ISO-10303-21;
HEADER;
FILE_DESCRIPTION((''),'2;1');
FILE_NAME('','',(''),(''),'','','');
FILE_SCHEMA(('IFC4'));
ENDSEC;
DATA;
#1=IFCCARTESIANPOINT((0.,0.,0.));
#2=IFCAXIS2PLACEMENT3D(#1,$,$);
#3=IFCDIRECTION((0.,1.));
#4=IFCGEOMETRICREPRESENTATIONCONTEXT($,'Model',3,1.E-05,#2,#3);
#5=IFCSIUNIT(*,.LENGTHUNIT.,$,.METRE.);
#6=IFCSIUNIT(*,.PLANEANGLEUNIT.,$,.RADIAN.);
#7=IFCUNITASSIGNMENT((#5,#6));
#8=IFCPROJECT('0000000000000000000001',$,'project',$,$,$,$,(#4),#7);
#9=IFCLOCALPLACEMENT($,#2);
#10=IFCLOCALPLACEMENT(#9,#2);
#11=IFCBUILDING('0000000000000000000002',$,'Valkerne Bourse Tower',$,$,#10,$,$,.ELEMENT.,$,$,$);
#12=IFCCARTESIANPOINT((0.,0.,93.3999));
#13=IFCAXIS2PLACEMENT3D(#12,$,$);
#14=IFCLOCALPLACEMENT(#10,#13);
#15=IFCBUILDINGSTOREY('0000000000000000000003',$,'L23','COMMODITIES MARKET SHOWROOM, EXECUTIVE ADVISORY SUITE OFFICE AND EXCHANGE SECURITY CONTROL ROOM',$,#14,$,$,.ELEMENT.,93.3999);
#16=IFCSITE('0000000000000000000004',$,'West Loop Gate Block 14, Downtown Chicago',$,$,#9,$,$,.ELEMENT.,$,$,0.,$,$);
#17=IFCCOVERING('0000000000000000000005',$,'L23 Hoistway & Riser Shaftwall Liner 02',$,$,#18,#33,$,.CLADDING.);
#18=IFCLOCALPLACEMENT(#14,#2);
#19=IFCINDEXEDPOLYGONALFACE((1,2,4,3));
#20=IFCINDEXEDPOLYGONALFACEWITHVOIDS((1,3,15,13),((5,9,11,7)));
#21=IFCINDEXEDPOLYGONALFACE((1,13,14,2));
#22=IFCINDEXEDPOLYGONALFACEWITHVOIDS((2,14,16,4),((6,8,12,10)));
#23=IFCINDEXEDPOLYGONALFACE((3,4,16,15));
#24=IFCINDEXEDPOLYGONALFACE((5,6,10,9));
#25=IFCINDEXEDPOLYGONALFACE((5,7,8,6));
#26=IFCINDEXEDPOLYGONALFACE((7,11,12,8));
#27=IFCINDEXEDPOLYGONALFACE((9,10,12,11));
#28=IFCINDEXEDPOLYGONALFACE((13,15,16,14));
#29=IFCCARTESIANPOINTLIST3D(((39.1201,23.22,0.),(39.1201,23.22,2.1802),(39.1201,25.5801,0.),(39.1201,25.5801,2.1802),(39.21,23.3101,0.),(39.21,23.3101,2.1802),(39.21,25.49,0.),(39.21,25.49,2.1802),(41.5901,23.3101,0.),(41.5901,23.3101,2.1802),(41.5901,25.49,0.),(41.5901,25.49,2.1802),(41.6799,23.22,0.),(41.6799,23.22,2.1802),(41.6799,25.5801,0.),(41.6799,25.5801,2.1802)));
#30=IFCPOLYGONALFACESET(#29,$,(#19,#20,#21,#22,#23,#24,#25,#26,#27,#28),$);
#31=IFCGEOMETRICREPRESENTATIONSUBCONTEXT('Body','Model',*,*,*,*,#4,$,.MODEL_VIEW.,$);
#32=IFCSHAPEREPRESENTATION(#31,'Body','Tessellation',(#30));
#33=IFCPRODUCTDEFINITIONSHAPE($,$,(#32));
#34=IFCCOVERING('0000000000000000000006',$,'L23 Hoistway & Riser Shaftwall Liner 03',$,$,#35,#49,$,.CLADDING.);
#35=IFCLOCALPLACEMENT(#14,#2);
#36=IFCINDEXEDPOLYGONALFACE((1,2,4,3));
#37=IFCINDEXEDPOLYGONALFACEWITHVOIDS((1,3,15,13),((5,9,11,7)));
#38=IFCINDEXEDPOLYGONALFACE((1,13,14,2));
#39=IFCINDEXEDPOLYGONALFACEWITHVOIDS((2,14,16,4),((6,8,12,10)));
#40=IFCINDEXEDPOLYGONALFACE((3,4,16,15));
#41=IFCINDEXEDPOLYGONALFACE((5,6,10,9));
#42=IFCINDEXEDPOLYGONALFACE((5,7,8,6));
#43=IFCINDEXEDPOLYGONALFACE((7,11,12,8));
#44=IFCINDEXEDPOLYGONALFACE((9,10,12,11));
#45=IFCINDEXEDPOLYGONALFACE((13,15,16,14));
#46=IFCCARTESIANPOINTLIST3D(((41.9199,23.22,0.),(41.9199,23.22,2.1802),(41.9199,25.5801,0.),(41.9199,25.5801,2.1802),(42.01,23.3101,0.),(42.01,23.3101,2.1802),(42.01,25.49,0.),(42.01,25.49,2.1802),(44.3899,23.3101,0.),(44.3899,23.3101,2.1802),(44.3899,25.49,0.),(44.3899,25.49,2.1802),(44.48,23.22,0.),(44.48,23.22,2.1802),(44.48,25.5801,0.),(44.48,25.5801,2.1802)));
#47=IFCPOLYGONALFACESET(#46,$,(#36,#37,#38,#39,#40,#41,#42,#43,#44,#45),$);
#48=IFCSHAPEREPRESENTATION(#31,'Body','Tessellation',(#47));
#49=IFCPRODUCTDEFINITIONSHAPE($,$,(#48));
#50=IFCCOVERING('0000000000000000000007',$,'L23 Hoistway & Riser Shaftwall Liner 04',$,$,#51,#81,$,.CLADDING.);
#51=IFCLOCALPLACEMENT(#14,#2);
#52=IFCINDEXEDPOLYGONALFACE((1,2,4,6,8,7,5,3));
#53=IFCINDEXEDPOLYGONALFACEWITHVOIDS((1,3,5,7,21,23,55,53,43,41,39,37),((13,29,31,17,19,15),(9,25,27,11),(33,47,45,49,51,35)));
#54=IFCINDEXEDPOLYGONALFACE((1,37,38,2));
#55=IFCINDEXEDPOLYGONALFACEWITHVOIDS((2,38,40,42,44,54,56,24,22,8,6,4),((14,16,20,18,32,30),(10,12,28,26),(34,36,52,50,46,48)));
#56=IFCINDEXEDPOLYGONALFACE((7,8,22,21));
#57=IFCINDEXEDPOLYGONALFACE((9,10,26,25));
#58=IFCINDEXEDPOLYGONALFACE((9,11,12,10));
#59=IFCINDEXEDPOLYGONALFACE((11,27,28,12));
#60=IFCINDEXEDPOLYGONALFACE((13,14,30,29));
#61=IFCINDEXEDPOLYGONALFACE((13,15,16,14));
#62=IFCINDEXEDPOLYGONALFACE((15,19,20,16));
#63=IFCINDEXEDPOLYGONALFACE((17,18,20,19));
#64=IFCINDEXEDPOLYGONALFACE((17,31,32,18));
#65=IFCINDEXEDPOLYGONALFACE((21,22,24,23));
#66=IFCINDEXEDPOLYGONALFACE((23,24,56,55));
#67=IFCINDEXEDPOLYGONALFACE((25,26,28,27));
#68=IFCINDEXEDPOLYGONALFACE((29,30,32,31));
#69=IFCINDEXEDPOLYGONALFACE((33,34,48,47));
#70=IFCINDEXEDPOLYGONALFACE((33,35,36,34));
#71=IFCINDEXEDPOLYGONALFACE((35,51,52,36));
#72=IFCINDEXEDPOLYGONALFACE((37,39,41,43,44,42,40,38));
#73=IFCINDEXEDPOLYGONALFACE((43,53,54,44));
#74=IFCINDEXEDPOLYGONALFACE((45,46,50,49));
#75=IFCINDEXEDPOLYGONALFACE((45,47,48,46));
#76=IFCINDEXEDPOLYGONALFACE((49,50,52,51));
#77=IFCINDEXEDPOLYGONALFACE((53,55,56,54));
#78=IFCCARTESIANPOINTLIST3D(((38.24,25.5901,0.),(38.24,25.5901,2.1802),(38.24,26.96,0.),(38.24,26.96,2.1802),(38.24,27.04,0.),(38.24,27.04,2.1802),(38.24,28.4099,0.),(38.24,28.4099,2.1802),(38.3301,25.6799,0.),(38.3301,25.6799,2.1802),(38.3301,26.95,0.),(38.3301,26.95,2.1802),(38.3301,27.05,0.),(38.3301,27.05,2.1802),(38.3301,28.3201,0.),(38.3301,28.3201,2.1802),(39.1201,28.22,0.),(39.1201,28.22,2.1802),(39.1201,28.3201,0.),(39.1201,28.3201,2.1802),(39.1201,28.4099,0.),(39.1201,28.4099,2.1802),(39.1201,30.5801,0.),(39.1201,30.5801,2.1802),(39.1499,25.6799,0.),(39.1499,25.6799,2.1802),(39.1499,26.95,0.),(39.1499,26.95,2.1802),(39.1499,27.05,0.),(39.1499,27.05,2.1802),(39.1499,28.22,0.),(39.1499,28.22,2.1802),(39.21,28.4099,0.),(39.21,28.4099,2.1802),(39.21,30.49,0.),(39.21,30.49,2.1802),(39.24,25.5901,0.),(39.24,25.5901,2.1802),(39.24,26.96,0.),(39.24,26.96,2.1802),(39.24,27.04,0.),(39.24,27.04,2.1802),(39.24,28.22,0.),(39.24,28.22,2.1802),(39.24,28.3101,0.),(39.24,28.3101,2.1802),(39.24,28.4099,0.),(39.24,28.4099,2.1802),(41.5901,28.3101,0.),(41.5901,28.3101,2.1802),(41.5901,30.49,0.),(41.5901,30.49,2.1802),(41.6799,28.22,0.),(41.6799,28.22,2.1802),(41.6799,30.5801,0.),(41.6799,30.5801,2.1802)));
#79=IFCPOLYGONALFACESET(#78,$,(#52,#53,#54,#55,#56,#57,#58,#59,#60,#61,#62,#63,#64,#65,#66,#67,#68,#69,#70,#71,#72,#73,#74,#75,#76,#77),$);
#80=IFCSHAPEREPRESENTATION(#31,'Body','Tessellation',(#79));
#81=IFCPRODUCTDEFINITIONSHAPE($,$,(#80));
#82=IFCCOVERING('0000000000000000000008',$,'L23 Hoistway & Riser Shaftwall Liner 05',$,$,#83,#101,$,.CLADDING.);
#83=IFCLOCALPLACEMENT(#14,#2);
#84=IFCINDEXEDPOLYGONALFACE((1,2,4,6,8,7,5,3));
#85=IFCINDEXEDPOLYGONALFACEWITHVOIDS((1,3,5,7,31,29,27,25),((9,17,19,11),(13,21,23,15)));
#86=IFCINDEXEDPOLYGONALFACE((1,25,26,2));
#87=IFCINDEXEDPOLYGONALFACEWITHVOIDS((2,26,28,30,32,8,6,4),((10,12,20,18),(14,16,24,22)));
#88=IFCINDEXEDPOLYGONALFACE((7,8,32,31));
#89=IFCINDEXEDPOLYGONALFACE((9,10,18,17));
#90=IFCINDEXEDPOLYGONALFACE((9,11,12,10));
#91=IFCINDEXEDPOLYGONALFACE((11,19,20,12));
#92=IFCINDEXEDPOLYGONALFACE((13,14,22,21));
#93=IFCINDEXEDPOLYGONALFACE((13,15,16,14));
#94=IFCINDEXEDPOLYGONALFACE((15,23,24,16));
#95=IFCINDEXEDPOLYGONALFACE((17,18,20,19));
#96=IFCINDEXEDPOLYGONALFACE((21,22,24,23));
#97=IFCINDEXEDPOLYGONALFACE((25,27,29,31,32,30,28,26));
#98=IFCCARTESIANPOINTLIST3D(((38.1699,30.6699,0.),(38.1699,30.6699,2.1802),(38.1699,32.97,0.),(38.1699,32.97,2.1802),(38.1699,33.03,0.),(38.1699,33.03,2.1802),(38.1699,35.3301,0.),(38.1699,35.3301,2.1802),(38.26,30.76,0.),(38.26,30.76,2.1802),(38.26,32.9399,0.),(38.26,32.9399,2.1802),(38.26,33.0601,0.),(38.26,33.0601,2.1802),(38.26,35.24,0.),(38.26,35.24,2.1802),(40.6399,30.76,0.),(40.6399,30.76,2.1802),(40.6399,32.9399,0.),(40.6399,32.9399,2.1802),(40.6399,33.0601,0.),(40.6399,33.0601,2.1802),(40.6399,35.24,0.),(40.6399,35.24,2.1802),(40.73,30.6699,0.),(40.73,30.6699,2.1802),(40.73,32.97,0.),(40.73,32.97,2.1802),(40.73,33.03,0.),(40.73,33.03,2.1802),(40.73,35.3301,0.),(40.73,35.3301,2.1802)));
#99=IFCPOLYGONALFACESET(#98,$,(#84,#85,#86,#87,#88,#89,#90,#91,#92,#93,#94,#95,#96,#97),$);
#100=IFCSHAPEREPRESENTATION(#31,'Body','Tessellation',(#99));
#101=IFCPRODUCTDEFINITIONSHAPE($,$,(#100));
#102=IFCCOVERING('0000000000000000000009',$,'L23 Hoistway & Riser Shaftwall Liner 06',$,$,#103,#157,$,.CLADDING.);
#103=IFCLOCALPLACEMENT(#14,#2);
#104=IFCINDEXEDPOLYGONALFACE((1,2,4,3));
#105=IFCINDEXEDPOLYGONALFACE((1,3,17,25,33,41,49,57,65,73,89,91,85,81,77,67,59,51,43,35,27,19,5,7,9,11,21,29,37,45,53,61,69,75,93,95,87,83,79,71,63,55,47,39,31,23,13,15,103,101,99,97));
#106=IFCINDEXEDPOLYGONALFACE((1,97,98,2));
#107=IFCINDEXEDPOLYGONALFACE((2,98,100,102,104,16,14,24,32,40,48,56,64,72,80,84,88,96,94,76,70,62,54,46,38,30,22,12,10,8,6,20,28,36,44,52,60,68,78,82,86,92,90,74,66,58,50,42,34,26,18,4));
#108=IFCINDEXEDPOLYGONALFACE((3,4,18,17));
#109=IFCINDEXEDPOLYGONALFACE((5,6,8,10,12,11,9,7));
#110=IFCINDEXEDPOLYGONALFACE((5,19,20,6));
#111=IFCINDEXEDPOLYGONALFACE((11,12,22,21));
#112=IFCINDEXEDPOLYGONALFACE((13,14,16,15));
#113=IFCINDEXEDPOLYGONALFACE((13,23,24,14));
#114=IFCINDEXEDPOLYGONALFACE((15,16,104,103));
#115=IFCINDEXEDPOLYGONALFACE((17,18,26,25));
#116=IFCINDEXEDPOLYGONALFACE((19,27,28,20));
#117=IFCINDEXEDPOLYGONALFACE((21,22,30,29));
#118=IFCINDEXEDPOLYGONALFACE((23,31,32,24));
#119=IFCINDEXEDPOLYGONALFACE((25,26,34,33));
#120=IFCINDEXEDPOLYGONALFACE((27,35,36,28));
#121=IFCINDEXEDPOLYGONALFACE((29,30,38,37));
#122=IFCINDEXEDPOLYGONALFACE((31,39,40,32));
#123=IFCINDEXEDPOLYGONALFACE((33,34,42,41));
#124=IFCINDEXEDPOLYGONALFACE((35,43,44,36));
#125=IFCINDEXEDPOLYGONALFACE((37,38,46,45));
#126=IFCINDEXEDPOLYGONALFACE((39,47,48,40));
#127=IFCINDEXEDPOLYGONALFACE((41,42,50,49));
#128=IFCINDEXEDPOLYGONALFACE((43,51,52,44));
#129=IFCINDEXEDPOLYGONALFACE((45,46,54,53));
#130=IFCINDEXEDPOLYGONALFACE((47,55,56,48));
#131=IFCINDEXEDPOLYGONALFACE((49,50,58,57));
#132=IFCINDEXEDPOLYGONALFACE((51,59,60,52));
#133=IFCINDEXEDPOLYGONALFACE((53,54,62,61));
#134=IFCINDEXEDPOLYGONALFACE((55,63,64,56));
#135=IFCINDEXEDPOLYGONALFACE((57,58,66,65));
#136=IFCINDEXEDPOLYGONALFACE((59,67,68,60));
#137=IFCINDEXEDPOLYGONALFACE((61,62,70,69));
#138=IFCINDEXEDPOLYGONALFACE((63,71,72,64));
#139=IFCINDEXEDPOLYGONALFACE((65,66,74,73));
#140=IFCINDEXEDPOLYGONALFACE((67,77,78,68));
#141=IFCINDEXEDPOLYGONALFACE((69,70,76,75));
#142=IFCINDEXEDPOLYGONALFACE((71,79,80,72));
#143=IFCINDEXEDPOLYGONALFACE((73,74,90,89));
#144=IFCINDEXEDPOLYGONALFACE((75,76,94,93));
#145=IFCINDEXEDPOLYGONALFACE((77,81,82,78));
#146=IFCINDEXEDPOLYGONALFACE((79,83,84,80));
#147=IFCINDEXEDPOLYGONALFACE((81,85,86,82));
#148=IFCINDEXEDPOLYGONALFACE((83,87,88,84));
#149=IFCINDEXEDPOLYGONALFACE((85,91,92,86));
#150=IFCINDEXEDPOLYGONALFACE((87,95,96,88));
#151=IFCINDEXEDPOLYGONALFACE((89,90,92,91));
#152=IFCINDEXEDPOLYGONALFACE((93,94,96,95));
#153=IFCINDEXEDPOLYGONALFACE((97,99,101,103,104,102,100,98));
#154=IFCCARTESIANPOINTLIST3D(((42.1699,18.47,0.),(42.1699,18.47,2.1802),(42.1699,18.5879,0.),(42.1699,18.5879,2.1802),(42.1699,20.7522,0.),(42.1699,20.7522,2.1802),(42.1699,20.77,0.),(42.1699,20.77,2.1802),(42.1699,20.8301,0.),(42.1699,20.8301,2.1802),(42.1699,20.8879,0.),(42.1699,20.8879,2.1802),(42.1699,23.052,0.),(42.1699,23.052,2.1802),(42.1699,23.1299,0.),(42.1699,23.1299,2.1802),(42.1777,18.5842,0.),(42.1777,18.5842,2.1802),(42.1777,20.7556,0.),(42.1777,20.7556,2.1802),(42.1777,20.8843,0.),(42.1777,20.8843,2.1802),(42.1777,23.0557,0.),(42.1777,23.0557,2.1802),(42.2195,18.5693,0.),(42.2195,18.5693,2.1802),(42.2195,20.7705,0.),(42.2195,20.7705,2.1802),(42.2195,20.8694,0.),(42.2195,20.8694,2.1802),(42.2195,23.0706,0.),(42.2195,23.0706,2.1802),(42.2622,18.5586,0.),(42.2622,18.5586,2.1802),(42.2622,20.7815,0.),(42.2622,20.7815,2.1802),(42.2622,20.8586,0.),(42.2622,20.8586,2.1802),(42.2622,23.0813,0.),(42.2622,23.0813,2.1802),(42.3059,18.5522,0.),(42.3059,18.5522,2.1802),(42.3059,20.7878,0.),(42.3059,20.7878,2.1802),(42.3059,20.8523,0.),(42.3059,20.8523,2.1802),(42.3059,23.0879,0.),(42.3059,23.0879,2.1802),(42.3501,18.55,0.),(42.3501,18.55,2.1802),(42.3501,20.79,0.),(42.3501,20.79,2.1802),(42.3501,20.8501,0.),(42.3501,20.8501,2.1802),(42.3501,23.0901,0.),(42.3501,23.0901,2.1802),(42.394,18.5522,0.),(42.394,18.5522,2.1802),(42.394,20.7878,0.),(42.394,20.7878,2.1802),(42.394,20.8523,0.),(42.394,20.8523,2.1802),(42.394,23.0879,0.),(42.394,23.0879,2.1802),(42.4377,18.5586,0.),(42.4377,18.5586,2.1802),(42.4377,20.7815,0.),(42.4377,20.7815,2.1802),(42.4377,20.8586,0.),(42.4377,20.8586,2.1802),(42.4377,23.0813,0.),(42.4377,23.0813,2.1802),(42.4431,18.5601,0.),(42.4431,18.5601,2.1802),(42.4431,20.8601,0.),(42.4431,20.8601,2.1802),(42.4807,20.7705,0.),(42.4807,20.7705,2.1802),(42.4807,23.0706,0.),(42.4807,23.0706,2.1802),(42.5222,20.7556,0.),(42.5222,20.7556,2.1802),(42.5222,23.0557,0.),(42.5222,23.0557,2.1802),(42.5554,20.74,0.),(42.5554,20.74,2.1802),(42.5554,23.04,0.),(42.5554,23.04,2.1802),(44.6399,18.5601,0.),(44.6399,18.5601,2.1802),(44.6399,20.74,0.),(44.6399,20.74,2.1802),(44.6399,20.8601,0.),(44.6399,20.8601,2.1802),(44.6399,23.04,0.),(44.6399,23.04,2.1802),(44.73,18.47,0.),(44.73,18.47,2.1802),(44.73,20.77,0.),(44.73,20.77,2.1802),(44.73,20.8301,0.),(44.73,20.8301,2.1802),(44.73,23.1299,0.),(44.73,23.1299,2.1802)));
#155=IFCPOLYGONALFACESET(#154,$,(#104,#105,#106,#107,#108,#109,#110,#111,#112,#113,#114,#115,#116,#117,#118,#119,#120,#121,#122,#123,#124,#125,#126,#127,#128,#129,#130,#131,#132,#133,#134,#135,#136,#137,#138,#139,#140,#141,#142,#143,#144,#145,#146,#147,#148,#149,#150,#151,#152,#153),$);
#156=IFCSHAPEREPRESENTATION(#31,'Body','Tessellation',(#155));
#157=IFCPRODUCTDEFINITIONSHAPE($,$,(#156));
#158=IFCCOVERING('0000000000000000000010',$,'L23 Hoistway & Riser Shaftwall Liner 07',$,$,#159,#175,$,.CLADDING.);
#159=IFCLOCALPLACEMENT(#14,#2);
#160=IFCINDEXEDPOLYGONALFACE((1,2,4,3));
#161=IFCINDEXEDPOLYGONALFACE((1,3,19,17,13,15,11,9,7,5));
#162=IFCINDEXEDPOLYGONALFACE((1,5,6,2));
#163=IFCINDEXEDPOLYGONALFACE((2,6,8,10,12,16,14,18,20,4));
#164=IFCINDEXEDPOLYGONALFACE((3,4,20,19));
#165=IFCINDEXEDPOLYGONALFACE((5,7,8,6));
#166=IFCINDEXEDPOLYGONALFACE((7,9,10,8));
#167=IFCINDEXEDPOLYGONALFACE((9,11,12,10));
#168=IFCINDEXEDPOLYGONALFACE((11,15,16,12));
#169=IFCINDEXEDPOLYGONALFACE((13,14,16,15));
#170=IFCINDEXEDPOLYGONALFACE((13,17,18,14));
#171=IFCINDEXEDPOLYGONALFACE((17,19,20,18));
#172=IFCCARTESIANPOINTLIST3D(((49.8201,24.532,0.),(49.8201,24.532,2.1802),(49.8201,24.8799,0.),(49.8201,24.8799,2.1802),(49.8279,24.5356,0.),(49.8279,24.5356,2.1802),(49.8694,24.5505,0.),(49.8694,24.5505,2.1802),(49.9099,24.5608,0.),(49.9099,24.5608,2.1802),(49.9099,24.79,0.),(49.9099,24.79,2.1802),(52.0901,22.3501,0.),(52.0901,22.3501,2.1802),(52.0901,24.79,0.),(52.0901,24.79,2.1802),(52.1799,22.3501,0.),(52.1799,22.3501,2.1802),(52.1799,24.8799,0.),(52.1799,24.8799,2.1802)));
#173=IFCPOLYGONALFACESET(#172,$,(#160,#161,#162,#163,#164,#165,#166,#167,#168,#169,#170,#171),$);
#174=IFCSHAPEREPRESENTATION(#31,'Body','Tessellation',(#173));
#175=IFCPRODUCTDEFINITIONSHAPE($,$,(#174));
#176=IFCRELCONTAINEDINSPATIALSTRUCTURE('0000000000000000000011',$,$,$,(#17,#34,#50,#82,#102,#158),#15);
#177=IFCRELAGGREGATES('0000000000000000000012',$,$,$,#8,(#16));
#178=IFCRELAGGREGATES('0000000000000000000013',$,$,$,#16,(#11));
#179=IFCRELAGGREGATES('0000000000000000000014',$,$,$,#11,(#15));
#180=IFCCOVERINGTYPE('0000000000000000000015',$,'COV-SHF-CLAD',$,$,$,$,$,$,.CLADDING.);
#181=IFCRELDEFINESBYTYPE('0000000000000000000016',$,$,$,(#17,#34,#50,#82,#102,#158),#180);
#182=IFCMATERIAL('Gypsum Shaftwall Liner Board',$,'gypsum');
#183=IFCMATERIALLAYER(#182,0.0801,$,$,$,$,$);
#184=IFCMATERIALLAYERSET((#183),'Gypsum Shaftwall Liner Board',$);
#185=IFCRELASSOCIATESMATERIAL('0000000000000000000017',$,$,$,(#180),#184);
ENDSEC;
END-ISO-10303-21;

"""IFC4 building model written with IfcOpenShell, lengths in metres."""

from ifc_helpers import new_model, si_unit, direction, frame, origin, place, context, subcontext, project, spatial, polyline, outline, extrude, material, layer, layer_set, type_object, element, save


model = new_model("IFC4")

# Units and contexts
model_context = context("Model", 3, precision=1e-05, world=origin(), true_north=direction((0.0, 1.0)))
body_context = subcontext(model_context, "Body", "Model", "MODEL_VIEW")
ifc_project = project(units=[si_unit("LENGTHUNIT", "METRE"), si_unit("PLANEANGLEUNIT", "RADIAN")], contexts=[model_context])

# Site, building, storey
site_placement = place(None, origin())
site = spatial("IfcSite", under=ifc_project, at=site_placement, Name="West Loop Gate Block 14, Downtown Chicago", CompositionType="ELEMENT", RefElevation=0.0)
building_placement = place(site_placement, origin())
building = spatial("IfcBuilding", under=site, at=building_placement, Name="Valkerne Bourse Tower", CompositionType="ELEMENT")
storey_placement = place(building_placement, frame((0.0, 0.0, 93.3999)))
storey = spatial("IfcBuildingStorey", under=building, at=storey_placement, Name="L23", Description="COMMODITIES MARKET SHOWROOM, EXECUTIVE ADVISORY SUITE OFFICE AND EXCHANGE SECURITY CONTROL ROOM", CompositionType="ELEMENT", Elevation=93.3999)

# Coverings
ifc_material_1 = material(Name="Gypsum Shaftwall Liner Board", Category="gypsum")
ifc_layer_1 = layer(ifc_material_1, 0.0801)
ifc_layer_set_1 = layer_set([ifc_layer_1], Name="Gypsum Shaftwall Liner Board")
covering_type_1 = type_object("IfcCoveringType", Name="COV-SHF-CLAD", PredefinedType="CLADDING", material=ifc_layer_set_1)
covering_1_placement = place(storey_placement, origin())
element("IfcCovering", 1, at=covering_1_placement, inside=storey, type_object=covering_type_1, Name="L23 Hoistway & Riser Shaftwall Liner 02", PredefinedType="CLADDING", context=body_context, shape_type="SweptSolid", body=[
    extrude(outline(polyline([(41.6799, 23.22), (39.1201, 23.22), (39.1201, 25.5801), (41.6799, 25.5801), (41.6799, 23.22)]), holes=[polyline([(39.21, 25.49), (39.21, 23.3101), (41.5901, 23.3101), (41.5901, 25.49), (39.21, 25.49)])]), origin(), (0.0, 0.0, 1.0), 2.1802),
])
covering_2_placement = place(storey_placement, origin())
element("IfcCovering", 2, at=covering_2_placement, inside=storey, type_object=covering_type_1, Name="L23 Hoistway & Riser Shaftwall Liner 03", PredefinedType="CLADDING", context=body_context, shape_type="SweptSolid", body=[
    extrude(outline(polyline([(44.48, 23.22), (41.9199, 23.22), (41.9199, 25.5801), (44.48, 25.5801), (44.48, 23.22)]), holes=[polyline([(42.01, 25.49), (42.01, 23.3101), (44.3899, 23.3101), (44.3899, 25.49), (42.01, 25.49)])]), origin(), (0.0, 0.0, 1.0), 2.1802),
])
covering_3_placement = place(storey_placement, origin())
element("IfcCovering", 3, at=covering_3_placement, inside=storey, type_object=covering_type_1, Name="L23 Hoistway & Riser Shaftwall Liner 04", PredefinedType="CLADDING", context=body_context, shape_type="SweptSolid", body=[
    extrude(outline(polyline([(38.24, 28.4099), (39.1201, 28.4099), (39.1201, 30.5801), (41.6799, 30.5801), (41.6799, 28.22), (39.24, 28.22), (39.24, 27.04), (39.24, 26.96), (39.24, 25.5901), (38.24, 25.5901), (38.24, 26.96), (38.24, 27.04), (38.24, 28.4099)]), holes=[polyline([(39.21, 30.49), (39.21, 28.4099), (39.24, 28.4099), (39.24, 28.3101), (41.5901, 28.3101), (41.5901, 30.49), (39.21, 30.49)]), polyline([(38.3301, 26.95), (38.3301, 25.6799), (39.1499, 25.6799), (39.1499, 26.95), (38.3301, 26.95)]), polyline([(39.1201, 28.22), (39.1201, 28.3201), (38.3301, 28.3201), (38.3301, 27.05), (39.1499, 27.05), (39.1499, 28.22), (39.1201, 28.22)])]), origin(), (0.0, 0.0, 1.0), 2.1802),
])
covering_4_placement = place(storey_placement, origin())
element("IfcCovering", 4, at=covering_4_placement, inside=storey, type_object=covering_type_1, Name="L23 Hoistway & Riser Shaftwall Liner 05", PredefinedType="CLADDING", context=body_context, shape_type="SweptSolid", body=[
    extrude(outline(polyline([(38.1699, 35.3301), (40.73, 35.3301), (40.73, 33.03), (40.73, 32.97), (40.73, 30.6699), (38.1699, 30.6699), (38.1699, 32.97), (38.1699, 33.03), (38.1699, 35.3301)]), holes=[polyline([(38.26, 32.9399), (38.26, 30.76), (40.6399, 30.76), (40.6399, 32.9399), (38.26, 32.9399)]), polyline([(38.26, 35.24), (38.26, 33.0601), (40.6399, 33.0601), (40.6399, 35.24), (38.26, 35.24)])]), origin(), (0.0, 0.0, 1.0), 2.1802),
])
covering_5_placement = place(storey_placement, origin())
element("IfcCovering", 5, at=covering_5_placement, inside=storey, type_object=covering_type_1, Name="L23 Hoistway & Riser Shaftwall Liner 06", PredefinedType="CLADDING", context=body_context, shape_type="SweptSolid", body=[
    extrude(outline(polyline([(42.1699, 20.8301), (42.1699, 20.8879), (42.1777, 20.8843), (42.2195, 20.8694), (42.2622, 20.8586), (42.3059, 20.8523), (42.3501, 20.8501), (42.394, 20.8523), (42.4377, 20.8586), (42.4431, 20.8601), (44.6399, 20.8601), (44.6399, 23.04), (42.5554, 23.04), (42.5222, 23.0557), (42.4807, 23.0706), (42.4377, 23.0813), (42.394, 23.0879), (42.3501, 23.0901), (42.3059, 23.0879), (42.2622, 23.0813), (42.2195, 23.0706), (42.1777, 23.0557), (42.1699, 23.052), (42.1699, 23.1299), (44.73, 23.1299), (44.73, 20.8301), (44.73, 20.77), (44.73, 18.47), (42.1699, 18.47), (42.1699, 18.5879), (42.1777, 18.5842), (42.2195, 18.5693), (42.2622, 18.5586), (42.3059, 18.5522), (42.3501, 18.55), (42.394, 18.5522), (42.4377, 18.5586), (42.4431, 18.5601), (44.6399, 18.5601), (44.6399, 20.74), (42.5554, 20.74), (42.5222, 20.7556), (42.4807, 20.7705), (42.4377, 20.7815), (42.394, 20.7878), (42.3501, 20.79), (42.3059, 20.7878), (42.2622, 20.7815), (42.2195, 20.7705), (42.1777, 20.7556), (42.1699, 20.7522), (42.1699, 20.77), (42.1699, 20.8301)])), origin(), (0.0, 0.0, 1.0), 2.1802),
])
covering_6_placement = place(storey_placement, origin())
element("IfcCovering", 6, at=covering_6_placement, inside=storey, type_object=covering_type_1, Name="L23 Hoistway & Riser Shaftwall Liner 07", PredefinedType="CLADDING", context=body_context, shape_type="SweptSolid", body=[
    extrude(outline(polyline([(52.1799, 22.3501), (52.0901, 22.3501), (52.0901, 24.79), (49.9099, 24.79), (49.9099, 24.5608), (49.8694, 24.5505), (49.8279, 24.5356), (49.8201, 24.532), (49.8201, 24.8799), (52.1799, 24.8799), (52.1799, 22.3501)])), origin(), (0.0, 0.0, 1.0), 2.1802),
])

save(model, "model.ifc")
